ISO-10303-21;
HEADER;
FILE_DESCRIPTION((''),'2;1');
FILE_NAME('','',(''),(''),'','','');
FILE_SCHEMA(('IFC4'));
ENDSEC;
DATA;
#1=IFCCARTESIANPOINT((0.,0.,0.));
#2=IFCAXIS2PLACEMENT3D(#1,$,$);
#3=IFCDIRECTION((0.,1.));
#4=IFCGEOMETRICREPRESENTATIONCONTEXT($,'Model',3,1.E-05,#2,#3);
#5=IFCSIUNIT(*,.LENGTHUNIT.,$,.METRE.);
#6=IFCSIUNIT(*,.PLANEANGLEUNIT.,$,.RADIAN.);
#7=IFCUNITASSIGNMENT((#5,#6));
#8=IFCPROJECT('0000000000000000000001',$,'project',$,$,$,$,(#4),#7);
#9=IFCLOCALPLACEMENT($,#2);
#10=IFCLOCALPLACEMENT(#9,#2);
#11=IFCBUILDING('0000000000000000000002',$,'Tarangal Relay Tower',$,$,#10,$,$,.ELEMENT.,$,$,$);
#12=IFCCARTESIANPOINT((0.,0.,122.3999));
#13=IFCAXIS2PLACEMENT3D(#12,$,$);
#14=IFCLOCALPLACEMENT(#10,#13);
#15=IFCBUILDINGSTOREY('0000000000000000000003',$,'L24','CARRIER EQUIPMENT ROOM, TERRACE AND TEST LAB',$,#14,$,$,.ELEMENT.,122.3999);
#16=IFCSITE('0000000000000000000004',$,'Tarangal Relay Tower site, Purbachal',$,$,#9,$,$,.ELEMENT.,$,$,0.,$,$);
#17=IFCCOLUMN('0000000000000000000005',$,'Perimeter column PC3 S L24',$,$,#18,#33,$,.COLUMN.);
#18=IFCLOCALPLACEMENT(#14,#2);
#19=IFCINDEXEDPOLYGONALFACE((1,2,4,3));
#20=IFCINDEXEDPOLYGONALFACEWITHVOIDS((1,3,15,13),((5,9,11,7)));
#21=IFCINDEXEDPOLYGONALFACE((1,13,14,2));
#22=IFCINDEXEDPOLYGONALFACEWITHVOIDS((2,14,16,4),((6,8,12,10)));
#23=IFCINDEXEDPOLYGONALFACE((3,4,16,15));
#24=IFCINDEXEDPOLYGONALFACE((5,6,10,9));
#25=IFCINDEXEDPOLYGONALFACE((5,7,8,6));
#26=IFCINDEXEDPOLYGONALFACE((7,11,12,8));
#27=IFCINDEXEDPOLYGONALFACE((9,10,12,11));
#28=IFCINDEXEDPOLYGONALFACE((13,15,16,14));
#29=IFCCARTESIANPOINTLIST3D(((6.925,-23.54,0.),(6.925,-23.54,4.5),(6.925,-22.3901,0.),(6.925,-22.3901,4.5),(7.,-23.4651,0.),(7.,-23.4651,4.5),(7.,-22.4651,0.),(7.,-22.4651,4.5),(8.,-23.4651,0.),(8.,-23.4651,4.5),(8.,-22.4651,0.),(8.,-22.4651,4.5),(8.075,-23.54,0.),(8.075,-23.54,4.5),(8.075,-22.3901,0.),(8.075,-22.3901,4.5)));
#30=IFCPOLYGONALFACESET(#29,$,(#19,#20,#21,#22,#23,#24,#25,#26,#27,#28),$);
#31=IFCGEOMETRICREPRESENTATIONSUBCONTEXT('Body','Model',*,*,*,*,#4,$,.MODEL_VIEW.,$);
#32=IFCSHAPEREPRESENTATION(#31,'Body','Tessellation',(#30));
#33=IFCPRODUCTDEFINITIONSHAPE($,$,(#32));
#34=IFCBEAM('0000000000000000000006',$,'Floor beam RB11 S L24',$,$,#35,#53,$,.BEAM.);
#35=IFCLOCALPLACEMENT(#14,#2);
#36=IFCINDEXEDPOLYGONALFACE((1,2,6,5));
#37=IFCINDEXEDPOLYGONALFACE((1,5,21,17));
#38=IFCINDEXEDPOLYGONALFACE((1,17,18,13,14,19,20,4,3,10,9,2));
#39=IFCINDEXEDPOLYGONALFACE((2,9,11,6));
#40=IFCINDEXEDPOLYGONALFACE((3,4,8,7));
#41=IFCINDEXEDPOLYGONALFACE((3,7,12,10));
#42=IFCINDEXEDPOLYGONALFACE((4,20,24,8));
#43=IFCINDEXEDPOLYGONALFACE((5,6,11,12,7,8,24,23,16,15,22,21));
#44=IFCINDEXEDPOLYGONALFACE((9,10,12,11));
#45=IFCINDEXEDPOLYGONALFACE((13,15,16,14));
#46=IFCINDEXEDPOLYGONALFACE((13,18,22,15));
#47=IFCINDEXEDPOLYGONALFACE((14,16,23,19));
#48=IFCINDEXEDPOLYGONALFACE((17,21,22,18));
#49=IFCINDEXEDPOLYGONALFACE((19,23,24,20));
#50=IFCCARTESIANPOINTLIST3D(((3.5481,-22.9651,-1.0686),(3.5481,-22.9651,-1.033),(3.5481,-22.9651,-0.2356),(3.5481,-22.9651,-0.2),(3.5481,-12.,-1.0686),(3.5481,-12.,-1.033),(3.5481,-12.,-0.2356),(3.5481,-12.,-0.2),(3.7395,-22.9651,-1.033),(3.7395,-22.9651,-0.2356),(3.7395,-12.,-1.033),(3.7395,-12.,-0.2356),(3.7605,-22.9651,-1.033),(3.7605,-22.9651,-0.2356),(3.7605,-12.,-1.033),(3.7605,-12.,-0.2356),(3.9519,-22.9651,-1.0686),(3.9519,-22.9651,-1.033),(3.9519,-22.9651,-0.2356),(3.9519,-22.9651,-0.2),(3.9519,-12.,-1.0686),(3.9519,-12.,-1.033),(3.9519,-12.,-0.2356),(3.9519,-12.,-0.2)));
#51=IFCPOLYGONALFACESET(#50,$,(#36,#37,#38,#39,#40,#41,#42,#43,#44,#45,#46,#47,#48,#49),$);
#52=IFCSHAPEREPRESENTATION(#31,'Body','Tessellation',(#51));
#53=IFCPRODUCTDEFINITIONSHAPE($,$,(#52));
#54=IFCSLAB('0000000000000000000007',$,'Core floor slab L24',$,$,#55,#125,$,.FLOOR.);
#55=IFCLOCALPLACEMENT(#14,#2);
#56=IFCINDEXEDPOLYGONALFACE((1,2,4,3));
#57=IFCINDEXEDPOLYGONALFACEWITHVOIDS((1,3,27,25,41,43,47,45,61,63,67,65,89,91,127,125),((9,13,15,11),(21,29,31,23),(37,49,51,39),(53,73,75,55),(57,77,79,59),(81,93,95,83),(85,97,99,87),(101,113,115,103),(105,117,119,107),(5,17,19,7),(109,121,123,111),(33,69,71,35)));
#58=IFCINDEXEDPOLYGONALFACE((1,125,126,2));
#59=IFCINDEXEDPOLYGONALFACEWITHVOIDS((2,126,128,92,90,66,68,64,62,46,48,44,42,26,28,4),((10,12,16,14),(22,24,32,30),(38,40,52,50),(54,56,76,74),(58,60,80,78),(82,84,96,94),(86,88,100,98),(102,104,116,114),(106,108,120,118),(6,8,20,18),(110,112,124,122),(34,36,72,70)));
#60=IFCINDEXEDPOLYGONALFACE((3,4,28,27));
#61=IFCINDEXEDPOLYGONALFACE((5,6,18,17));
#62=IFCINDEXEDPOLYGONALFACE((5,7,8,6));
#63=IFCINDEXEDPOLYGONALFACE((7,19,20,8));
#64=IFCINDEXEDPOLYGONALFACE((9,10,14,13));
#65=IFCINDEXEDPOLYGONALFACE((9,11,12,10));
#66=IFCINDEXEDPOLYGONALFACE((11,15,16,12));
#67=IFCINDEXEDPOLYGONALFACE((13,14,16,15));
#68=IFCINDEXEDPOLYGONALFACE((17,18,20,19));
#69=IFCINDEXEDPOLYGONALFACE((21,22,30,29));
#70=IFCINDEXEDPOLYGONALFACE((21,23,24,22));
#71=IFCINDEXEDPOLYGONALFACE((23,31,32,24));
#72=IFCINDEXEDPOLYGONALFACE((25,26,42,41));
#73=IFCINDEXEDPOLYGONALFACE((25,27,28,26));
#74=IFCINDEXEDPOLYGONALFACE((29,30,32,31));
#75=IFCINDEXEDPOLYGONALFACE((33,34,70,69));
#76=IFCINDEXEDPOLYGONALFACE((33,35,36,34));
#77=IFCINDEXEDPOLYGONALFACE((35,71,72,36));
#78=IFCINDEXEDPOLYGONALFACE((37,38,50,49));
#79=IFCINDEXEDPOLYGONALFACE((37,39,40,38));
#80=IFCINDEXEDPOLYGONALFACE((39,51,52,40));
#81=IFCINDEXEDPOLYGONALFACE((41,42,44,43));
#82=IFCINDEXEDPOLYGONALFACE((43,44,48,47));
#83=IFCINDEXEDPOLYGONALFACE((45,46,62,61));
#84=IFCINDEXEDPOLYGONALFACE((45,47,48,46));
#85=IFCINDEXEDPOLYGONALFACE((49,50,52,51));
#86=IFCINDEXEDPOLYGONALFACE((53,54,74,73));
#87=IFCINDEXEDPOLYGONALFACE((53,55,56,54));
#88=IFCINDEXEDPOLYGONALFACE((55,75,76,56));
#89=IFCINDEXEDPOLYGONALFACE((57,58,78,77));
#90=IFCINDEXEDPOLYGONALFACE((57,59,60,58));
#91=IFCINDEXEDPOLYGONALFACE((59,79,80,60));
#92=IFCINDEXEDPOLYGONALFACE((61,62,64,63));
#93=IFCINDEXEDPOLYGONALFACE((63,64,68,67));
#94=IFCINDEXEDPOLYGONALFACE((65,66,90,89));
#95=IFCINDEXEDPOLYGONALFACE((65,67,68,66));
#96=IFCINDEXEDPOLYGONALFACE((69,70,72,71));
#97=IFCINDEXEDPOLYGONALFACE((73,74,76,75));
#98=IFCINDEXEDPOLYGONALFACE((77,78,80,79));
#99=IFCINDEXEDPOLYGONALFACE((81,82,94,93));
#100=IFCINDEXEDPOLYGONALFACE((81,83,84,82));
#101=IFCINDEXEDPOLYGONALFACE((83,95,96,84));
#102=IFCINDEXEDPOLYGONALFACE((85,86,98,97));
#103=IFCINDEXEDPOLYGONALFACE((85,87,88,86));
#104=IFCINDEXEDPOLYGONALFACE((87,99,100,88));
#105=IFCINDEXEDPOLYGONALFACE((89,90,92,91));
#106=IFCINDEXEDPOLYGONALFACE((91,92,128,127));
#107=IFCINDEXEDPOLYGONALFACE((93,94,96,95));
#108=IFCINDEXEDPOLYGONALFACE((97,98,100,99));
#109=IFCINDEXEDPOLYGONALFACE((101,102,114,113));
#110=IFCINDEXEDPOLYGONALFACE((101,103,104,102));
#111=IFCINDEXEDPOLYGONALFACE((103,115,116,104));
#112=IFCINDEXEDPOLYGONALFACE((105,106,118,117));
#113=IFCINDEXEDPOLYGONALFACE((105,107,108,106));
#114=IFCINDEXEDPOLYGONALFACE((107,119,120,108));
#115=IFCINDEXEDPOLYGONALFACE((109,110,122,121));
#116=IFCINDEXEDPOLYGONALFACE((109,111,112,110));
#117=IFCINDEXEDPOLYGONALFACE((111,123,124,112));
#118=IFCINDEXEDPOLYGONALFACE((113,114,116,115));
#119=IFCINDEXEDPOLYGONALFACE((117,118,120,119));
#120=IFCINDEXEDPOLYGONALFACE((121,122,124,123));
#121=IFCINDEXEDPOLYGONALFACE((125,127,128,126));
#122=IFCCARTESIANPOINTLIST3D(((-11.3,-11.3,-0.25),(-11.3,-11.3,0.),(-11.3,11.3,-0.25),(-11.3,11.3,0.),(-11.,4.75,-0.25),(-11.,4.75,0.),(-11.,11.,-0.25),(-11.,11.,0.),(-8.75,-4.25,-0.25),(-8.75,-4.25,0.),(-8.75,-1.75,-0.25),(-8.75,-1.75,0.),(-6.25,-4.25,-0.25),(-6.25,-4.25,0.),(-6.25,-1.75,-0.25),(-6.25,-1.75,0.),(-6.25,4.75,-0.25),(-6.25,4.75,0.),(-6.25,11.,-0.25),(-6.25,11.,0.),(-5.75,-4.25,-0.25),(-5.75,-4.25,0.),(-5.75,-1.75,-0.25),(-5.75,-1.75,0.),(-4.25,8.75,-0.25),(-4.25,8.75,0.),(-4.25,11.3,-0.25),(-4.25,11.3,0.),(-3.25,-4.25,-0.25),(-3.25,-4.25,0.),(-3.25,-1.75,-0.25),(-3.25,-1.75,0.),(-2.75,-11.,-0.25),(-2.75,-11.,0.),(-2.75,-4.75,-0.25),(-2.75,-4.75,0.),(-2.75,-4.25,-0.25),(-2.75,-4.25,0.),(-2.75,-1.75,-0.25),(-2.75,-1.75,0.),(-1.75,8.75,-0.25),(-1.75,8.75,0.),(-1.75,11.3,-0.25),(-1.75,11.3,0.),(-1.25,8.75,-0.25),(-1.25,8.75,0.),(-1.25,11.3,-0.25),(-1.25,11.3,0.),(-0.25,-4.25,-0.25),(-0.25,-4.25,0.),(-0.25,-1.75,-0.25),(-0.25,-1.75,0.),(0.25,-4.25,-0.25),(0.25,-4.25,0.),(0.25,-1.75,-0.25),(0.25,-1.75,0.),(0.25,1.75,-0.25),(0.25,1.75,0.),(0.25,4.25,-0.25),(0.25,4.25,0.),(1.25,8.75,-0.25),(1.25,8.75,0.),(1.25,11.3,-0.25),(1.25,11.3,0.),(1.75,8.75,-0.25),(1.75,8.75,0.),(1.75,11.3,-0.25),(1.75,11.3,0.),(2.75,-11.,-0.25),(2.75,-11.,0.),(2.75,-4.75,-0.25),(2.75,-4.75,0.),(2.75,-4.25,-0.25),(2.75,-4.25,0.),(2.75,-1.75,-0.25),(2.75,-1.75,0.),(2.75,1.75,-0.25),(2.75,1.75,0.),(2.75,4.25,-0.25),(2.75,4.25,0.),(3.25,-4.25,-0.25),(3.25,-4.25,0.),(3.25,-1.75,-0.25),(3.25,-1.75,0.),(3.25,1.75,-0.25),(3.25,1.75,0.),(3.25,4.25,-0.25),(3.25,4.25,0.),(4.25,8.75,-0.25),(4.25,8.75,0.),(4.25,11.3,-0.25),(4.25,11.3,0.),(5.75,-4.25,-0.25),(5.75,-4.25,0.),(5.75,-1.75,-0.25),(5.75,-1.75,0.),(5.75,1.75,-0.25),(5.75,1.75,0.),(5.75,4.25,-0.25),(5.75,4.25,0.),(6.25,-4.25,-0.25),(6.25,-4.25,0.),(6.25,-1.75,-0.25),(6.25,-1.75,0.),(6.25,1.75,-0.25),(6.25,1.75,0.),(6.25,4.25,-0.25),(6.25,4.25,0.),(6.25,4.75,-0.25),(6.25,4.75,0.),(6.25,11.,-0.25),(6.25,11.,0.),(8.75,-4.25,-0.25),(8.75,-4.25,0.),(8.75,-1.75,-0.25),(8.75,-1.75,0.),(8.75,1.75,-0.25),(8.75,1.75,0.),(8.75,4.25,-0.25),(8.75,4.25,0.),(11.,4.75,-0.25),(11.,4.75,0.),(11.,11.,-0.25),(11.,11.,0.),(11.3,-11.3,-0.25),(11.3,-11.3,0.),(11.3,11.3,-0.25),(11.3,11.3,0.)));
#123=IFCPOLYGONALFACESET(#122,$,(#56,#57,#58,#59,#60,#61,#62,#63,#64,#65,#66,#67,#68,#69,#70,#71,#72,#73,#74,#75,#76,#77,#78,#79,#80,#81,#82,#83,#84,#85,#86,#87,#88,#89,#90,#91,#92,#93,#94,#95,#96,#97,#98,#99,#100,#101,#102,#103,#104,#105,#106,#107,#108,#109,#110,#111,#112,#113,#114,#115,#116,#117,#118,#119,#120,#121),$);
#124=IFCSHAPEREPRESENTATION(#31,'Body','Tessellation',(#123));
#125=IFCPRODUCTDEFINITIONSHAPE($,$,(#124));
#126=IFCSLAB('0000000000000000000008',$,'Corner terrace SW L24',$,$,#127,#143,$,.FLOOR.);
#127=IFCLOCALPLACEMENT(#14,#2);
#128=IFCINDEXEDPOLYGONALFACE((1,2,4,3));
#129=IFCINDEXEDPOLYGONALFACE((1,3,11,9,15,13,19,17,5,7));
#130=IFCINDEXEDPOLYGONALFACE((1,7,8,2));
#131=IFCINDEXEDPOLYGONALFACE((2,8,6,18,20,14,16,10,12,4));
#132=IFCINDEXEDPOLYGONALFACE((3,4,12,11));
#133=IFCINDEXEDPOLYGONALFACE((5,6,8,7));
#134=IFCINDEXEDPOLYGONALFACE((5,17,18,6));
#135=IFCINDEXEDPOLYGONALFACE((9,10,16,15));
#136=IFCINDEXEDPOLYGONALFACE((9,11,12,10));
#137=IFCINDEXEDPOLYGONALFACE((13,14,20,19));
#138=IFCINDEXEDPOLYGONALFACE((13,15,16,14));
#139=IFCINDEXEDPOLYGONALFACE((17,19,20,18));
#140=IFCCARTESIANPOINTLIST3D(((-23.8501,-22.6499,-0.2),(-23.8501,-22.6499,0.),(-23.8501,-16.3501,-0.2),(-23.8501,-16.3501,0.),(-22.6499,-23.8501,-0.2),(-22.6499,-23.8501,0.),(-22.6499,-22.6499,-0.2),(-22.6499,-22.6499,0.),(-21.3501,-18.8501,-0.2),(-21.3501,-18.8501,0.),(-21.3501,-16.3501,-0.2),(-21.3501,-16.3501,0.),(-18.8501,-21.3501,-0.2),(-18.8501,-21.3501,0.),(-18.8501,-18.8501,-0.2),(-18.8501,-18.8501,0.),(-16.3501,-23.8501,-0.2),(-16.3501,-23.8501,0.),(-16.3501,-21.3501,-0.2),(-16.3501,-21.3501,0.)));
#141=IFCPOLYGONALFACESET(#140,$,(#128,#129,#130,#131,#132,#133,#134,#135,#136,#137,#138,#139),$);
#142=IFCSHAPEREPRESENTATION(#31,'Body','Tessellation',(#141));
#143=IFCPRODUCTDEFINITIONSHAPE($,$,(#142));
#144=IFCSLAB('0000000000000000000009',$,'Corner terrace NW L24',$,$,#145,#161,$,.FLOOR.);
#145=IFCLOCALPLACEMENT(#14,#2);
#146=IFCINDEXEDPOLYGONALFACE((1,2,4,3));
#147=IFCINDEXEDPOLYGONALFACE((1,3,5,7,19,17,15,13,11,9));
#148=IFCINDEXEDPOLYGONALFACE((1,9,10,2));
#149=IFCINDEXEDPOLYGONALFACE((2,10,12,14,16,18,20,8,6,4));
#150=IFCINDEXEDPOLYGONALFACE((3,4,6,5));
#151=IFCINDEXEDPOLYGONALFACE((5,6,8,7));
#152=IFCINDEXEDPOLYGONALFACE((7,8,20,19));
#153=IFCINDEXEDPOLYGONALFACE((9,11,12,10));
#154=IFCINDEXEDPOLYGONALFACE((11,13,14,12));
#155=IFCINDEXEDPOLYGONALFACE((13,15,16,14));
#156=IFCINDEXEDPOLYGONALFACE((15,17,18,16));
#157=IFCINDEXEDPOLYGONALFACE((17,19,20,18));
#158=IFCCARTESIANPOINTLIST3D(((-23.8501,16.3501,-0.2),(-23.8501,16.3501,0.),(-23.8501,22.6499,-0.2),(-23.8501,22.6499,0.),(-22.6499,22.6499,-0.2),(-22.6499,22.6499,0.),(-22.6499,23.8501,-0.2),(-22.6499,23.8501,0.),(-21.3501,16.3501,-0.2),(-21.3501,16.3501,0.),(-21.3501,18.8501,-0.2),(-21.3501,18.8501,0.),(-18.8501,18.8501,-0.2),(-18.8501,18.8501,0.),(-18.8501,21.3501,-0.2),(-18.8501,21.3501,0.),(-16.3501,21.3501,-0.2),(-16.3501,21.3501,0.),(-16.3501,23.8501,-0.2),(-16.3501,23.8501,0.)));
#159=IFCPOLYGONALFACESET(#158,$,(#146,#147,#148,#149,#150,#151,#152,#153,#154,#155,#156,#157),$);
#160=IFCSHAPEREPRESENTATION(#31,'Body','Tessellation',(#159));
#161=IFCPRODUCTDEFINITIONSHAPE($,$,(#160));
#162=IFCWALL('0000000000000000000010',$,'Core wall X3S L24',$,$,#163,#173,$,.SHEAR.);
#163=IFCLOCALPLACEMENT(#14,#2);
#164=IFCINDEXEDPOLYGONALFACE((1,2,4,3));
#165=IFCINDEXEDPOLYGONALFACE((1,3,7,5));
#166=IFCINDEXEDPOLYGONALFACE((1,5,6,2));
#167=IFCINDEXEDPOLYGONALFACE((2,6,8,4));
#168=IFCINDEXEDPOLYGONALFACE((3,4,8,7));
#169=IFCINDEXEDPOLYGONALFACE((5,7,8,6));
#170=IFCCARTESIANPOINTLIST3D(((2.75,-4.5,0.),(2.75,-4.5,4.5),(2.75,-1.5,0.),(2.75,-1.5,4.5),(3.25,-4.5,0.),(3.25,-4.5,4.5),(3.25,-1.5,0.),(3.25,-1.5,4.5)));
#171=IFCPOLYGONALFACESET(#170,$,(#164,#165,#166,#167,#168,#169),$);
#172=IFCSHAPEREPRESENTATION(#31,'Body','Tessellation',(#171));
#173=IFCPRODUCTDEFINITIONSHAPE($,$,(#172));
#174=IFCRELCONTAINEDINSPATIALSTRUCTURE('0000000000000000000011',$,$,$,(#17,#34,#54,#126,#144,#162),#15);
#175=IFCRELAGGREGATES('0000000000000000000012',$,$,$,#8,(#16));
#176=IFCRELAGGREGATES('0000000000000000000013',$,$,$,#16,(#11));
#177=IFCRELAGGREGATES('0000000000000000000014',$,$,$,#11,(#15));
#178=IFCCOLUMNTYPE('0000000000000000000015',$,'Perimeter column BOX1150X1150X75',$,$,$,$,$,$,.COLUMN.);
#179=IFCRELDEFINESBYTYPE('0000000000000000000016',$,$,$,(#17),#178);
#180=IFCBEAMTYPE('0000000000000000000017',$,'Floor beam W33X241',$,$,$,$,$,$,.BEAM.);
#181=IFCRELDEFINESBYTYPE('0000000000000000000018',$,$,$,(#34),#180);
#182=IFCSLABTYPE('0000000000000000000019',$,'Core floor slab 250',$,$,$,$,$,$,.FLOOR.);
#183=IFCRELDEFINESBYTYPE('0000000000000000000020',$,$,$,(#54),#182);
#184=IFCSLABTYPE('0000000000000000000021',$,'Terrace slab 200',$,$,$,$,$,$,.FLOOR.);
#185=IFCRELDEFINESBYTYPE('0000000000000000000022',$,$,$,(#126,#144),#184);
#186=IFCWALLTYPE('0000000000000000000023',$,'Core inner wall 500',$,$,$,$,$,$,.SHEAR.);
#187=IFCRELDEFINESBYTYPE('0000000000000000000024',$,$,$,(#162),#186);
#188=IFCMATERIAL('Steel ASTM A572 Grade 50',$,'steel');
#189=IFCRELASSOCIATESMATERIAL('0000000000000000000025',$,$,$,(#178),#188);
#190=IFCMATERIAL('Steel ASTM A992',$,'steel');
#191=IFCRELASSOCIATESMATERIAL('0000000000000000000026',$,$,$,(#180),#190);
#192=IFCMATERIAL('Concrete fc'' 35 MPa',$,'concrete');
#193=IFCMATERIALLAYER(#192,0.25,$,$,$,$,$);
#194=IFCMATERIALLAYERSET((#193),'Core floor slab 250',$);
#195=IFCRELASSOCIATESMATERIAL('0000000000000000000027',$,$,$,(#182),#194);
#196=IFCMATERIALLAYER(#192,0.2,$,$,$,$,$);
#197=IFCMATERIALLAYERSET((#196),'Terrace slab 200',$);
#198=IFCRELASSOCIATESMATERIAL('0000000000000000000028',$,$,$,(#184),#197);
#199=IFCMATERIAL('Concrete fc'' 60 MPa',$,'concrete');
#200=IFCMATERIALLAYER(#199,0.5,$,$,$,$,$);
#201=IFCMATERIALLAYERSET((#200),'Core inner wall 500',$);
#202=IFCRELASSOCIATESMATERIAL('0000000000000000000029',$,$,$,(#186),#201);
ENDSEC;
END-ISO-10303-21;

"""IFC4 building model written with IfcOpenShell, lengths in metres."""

from ifc_helpers import new_model, si_unit, direction, frame, frame_2d, origin, origin_2d, place, context, subcontext, project, spatial, polyline, rectangle, hollow_rectangle, i_section, outline, extrude, material, layer, layer_set, material_profile, profile_set, type_object, element, save


model = new_model("IFC4")

# Units and contexts
model_context = context("Model", 3, precision=1e-05, world=origin(), true_north=direction((0.0, 1.0)))
body_context = subcontext(model_context, "Body", "Model", "MODEL_VIEW")
ifc_project = project(units=[si_unit("LENGTHUNIT", "METRE"), si_unit("PLANEANGLEUNIT", "RADIAN")], contexts=[model_context])

# Site, building, storey
site_placement = place(None, origin())
site = spatial("IfcSite", under=ifc_project, at=site_placement, Name="Tarangal Relay Tower site, Purbachal", CompositionType="ELEMENT", RefElevation=0.0)
building_placement = place(site_placement, origin())
building = spatial("IfcBuilding", under=site, at=building_placement, Name="Tarangal Relay Tower", CompositionType="ELEMENT")
storey_placement = place(building_placement, frame((0.0, 0.0, 122.3999)))
storey = spatial("IfcBuildingStorey", under=building, at=storey_placement, Name="L24", Description="CARRIER EQUIPMENT ROOM, TERRACE AND TEST LAB", CompositionType="ELEMENT", Elevation=122.3999)

# Column
ifc_material_1 = material(Name="Steel ASTM A572 Grade 50", Category="steel")
ifc_material_profile_1 = material_profile(ifc_material_1, hollow_rectangle(XDim=1.1499, YDim=1.1499, WallThickness=0.075, at=origin_2d()), Name="BOX1150X1150X75")
ifc_profile_set_1 = profile_set([ifc_material_profile_1], Name="Steel ASTM A572 Grade 50")
column_type = type_object("IfcColumnType", Name="Perimeter column BOX1150X1150X75", PredefinedType="COLUMN", material=ifc_profile_set_1)
column_placement = place(storey_placement, frame((7.5, -22.9651, 0.0), z_axis=(0.0, 0.0, 1.0), x_axis=(1.0, 0.0, 0.0)))
element("IfcColumn", 1, at=column_placement, inside=storey, type_object=column_type, Name="Perimeter column PC3 S L24", PredefinedType="COLUMN", context=body_context, shape_type="SweptSolid", body=[
    extrude(hollow_rectangle(XDim=1.1499, YDim=1.1499, WallThickness=0.075, at=origin_2d()), origin(), (0.0, 0.0, 1.0), 4.5),
])

# Beam
ifc_material_2 = material(Name="Steel ASTM A992", Category="steel")
ifc_material_profile_2 = material_profile(ifc_material_2, i_section(OverallWidth=0.4038, OverallDepth=0.8687, WebThickness=0.021, FlangeThickness=0.0356, at=origin_2d()), Name="W33X241")
ifc_profile_set_2 = profile_set([ifc_material_profile_2], Name="Steel ASTM A992")
beam_type = type_object("IfcBeamType", Name="Floor beam W33X241", PredefinedType="BEAM", material=ifc_profile_set_2)
beam_placement = place(storey_placement, frame((3.75, -12.0, -0.6343), z_axis=(0.0, -1.0, 0.0), x_axis=(1.0, 0.0, 0.0)))
element("IfcBeam", 2, at=beam_placement, inside=storey, type_object=beam_type, Name="Floor beam RB11 S L24", PredefinedType="BEAM", context=body_context, shape_type="SweptSolid", body=[
    extrude(i_section(OverallWidth=0.4038, OverallDepth=0.8687, WebThickness=0.021, FlangeThickness=0.0356, at=origin_2d()), origin(), (0.0, 0.0, 1.0), 10.9651),
])

# Slabs
ifc_material_3 = material(Name="Concrete fc' 35 MPa", Category="concrete")
ifc_layer_1 = layer(ifc_material_3, 0.25)
ifc_layer_set_1 = layer_set([ifc_layer_1], Name="Core floor slab 250")
slab_type_1 = type_object("IfcSlabType", Name="Core floor slab 250", PredefinedType="FLOOR", material=ifc_layer_set_1)
slab_1_placement = place(storey_placement, frame((0.0, 0.0, -0.25)))
element("IfcSlab", 3, at=slab_1_placement, inside=storey, type_object=slab_type_1, Name="Core floor slab L24", PredefinedType="FLOOR", context=body_context, shape_type="SweptSolid", body=[
    extrude(outline(polyline([(11.3, 11.3), (11.3, -11.3), (-11.3, -11.3), (-11.3, 11.3), (-4.25, 11.3), (-4.25, 8.75), (-1.75, 8.75), (-1.75, 11.3), (-1.25, 11.3), (-1.25, 8.75), (1.25, 8.75), (1.25, 11.3), (1.75, 11.3), (1.75, 8.75), (4.25, 8.75), (4.25, 11.3), (11.3, 11.3)]), holes=[polyline([(2.75, -4.75), (-2.75, -4.75), (-2.75, -11.0), (2.75, -11.0), (2.75, -4.75)]), polyline([(-6.25, -4.25), (-6.25, -1.75), (-8.75, -1.75), (-8.75, -4.25), (-6.25, -4.25)]), polyline([(-3.25, -4.25), (-3.25, -1.75), (-5.75, -1.75), (-5.75, -4.25), (-3.25, -4.25)]), polyline([(-0.25, -4.25), (-0.25, -1.75), (-2.75, -1.75), (-2.75, -4.25), (-0.25, -4.25)]), polyline([(2.75, 1.75), (2.75, 4.25), (0.25, 4.25), (0.25, 1.75), (2.75, 1.75)]), polyline([(-6.25, 4.75), (-6.25, 11.0), (-11.0, 11.0), (-11.0, 4.75), (-6.25, 4.75)]), polyline([(2.75, -4.25), (2.75, -1.75), (0.25, -1.75), (0.25, -4.25), (2.75, -4.25)]), polyline([(5.75, -4.25), (5.75, -1.75), (3.25, -1.75), (3.25, -4.25), (5.75, -4.25)]), polyline([(8.75, -4.25), (8.75, -1.75), (6.25, -1.75), (6.25, -4.25), (8.75, -4.25)]), polyline([(5.75, 1.75), (5.75, 4.25), (3.25, 4.25), (3.25, 1.75), (5.75, 1.75)]), polyline([(8.75, 1.75), (8.75, 4.25), (6.25, 4.25), (6.25, 1.75), (8.75, 1.75)]), polyline([(11.0, 4.75), (11.0, 11.0), (6.25, 11.0), (6.25, 4.75), (11.0, 4.75)])]), origin(), (0.0, 0.0, 1.0), 0.25),
])
ifc_layer_2 = layer(ifc_material_3, 0.2)
ifc_layer_set_2 = layer_set([ifc_layer_2], Name="Terrace slab 200")
slab_type_2 = type_object("IfcSlabType", Name="Terrace slab 200", PredefinedType="FLOOR", material=ifc_layer_set_2)
slab_2_placement = place(storey_placement, frame((0.0, 0.0, -0.2)))
element("IfcSlab", 4, at=slab_2_placement, inside=storey, type_object=slab_type_2, Name="Corner terrace SW L24", PredefinedType="FLOOR", context=body_context, shape_type="SweptSolid", body=[
    extrude(outline(polyline([(-16.3501, -23.8501), (-16.3501, -21.3501), (-18.8501, -21.3501), (-18.8501, -18.8501), (-21.3501, -18.8501), (-21.3501, -16.3501), (-23.8501, -16.3501), (-23.8501, -22.6499), (-22.6499, -22.6499), (-22.6499, -23.8501), (-16.3501, -23.8501)])), origin(), (0.0, 0.0, 1.0), 0.2),
])
slab_3_placement = place(storey_placement, frame((0.0, 0.0, -0.2)))
element("IfcSlab", 5, at=slab_3_placement, inside=storey, type_object=slab_type_2, Name="Corner terrace NW L24", PredefinedType="FLOOR", context=body_context, shape_type="SweptSolid", body=[
    extrude(outline(polyline([(-23.8501, 16.3501), (-21.3501, 16.3501), (-21.3501, 18.8501), (-18.8501, 18.8501), (-18.8501, 21.3501), (-16.3501, 21.3501), (-16.3501, 23.8501), (-22.6499, 23.8501), (-22.6499, 22.6499), (-23.8501, 22.6499), (-23.8501, 16.3501)])), origin(), (0.0, 0.0, 1.0), 0.2),
])

# Wall
ifc_material_4 = material(Name="Concrete fc' 60 MPa", Category="concrete")
ifc_layer_3 = layer(ifc_material_4, 0.5)
ifc_layer_set_3 = layer_set([ifc_layer_3], Name="Core inner wall 500")
wall_type_1 = type_object("IfcWallType", Name="Core inner wall 500", PredefinedType="SHEAR", material=ifc_layer_set_3)
for number, where, z_axis, x_axis, name in (
    (6, (3.0, -4.5, 0.0), (0.0, 0.0, 1.0), (0.0, 1.0, 0.0), "Core wall X3S L24"),
):
    element("IfcWall", number, at=place(storey_placement, frame(where, z_axis=z_axis, x_axis=x_axis)), inside=storey, type_object=wall_type_1, Name=name, PredefinedType="SHEAR", context=body_context, shape_type="SweptSolid", body=[
        extrude(rectangle(XDim=3.0, YDim=0.5, at=frame_2d((1.5, 0.0))), origin(), (0.0, 0.0, 1.0), 4.5),
    ])

save(model, "model.ifc")
